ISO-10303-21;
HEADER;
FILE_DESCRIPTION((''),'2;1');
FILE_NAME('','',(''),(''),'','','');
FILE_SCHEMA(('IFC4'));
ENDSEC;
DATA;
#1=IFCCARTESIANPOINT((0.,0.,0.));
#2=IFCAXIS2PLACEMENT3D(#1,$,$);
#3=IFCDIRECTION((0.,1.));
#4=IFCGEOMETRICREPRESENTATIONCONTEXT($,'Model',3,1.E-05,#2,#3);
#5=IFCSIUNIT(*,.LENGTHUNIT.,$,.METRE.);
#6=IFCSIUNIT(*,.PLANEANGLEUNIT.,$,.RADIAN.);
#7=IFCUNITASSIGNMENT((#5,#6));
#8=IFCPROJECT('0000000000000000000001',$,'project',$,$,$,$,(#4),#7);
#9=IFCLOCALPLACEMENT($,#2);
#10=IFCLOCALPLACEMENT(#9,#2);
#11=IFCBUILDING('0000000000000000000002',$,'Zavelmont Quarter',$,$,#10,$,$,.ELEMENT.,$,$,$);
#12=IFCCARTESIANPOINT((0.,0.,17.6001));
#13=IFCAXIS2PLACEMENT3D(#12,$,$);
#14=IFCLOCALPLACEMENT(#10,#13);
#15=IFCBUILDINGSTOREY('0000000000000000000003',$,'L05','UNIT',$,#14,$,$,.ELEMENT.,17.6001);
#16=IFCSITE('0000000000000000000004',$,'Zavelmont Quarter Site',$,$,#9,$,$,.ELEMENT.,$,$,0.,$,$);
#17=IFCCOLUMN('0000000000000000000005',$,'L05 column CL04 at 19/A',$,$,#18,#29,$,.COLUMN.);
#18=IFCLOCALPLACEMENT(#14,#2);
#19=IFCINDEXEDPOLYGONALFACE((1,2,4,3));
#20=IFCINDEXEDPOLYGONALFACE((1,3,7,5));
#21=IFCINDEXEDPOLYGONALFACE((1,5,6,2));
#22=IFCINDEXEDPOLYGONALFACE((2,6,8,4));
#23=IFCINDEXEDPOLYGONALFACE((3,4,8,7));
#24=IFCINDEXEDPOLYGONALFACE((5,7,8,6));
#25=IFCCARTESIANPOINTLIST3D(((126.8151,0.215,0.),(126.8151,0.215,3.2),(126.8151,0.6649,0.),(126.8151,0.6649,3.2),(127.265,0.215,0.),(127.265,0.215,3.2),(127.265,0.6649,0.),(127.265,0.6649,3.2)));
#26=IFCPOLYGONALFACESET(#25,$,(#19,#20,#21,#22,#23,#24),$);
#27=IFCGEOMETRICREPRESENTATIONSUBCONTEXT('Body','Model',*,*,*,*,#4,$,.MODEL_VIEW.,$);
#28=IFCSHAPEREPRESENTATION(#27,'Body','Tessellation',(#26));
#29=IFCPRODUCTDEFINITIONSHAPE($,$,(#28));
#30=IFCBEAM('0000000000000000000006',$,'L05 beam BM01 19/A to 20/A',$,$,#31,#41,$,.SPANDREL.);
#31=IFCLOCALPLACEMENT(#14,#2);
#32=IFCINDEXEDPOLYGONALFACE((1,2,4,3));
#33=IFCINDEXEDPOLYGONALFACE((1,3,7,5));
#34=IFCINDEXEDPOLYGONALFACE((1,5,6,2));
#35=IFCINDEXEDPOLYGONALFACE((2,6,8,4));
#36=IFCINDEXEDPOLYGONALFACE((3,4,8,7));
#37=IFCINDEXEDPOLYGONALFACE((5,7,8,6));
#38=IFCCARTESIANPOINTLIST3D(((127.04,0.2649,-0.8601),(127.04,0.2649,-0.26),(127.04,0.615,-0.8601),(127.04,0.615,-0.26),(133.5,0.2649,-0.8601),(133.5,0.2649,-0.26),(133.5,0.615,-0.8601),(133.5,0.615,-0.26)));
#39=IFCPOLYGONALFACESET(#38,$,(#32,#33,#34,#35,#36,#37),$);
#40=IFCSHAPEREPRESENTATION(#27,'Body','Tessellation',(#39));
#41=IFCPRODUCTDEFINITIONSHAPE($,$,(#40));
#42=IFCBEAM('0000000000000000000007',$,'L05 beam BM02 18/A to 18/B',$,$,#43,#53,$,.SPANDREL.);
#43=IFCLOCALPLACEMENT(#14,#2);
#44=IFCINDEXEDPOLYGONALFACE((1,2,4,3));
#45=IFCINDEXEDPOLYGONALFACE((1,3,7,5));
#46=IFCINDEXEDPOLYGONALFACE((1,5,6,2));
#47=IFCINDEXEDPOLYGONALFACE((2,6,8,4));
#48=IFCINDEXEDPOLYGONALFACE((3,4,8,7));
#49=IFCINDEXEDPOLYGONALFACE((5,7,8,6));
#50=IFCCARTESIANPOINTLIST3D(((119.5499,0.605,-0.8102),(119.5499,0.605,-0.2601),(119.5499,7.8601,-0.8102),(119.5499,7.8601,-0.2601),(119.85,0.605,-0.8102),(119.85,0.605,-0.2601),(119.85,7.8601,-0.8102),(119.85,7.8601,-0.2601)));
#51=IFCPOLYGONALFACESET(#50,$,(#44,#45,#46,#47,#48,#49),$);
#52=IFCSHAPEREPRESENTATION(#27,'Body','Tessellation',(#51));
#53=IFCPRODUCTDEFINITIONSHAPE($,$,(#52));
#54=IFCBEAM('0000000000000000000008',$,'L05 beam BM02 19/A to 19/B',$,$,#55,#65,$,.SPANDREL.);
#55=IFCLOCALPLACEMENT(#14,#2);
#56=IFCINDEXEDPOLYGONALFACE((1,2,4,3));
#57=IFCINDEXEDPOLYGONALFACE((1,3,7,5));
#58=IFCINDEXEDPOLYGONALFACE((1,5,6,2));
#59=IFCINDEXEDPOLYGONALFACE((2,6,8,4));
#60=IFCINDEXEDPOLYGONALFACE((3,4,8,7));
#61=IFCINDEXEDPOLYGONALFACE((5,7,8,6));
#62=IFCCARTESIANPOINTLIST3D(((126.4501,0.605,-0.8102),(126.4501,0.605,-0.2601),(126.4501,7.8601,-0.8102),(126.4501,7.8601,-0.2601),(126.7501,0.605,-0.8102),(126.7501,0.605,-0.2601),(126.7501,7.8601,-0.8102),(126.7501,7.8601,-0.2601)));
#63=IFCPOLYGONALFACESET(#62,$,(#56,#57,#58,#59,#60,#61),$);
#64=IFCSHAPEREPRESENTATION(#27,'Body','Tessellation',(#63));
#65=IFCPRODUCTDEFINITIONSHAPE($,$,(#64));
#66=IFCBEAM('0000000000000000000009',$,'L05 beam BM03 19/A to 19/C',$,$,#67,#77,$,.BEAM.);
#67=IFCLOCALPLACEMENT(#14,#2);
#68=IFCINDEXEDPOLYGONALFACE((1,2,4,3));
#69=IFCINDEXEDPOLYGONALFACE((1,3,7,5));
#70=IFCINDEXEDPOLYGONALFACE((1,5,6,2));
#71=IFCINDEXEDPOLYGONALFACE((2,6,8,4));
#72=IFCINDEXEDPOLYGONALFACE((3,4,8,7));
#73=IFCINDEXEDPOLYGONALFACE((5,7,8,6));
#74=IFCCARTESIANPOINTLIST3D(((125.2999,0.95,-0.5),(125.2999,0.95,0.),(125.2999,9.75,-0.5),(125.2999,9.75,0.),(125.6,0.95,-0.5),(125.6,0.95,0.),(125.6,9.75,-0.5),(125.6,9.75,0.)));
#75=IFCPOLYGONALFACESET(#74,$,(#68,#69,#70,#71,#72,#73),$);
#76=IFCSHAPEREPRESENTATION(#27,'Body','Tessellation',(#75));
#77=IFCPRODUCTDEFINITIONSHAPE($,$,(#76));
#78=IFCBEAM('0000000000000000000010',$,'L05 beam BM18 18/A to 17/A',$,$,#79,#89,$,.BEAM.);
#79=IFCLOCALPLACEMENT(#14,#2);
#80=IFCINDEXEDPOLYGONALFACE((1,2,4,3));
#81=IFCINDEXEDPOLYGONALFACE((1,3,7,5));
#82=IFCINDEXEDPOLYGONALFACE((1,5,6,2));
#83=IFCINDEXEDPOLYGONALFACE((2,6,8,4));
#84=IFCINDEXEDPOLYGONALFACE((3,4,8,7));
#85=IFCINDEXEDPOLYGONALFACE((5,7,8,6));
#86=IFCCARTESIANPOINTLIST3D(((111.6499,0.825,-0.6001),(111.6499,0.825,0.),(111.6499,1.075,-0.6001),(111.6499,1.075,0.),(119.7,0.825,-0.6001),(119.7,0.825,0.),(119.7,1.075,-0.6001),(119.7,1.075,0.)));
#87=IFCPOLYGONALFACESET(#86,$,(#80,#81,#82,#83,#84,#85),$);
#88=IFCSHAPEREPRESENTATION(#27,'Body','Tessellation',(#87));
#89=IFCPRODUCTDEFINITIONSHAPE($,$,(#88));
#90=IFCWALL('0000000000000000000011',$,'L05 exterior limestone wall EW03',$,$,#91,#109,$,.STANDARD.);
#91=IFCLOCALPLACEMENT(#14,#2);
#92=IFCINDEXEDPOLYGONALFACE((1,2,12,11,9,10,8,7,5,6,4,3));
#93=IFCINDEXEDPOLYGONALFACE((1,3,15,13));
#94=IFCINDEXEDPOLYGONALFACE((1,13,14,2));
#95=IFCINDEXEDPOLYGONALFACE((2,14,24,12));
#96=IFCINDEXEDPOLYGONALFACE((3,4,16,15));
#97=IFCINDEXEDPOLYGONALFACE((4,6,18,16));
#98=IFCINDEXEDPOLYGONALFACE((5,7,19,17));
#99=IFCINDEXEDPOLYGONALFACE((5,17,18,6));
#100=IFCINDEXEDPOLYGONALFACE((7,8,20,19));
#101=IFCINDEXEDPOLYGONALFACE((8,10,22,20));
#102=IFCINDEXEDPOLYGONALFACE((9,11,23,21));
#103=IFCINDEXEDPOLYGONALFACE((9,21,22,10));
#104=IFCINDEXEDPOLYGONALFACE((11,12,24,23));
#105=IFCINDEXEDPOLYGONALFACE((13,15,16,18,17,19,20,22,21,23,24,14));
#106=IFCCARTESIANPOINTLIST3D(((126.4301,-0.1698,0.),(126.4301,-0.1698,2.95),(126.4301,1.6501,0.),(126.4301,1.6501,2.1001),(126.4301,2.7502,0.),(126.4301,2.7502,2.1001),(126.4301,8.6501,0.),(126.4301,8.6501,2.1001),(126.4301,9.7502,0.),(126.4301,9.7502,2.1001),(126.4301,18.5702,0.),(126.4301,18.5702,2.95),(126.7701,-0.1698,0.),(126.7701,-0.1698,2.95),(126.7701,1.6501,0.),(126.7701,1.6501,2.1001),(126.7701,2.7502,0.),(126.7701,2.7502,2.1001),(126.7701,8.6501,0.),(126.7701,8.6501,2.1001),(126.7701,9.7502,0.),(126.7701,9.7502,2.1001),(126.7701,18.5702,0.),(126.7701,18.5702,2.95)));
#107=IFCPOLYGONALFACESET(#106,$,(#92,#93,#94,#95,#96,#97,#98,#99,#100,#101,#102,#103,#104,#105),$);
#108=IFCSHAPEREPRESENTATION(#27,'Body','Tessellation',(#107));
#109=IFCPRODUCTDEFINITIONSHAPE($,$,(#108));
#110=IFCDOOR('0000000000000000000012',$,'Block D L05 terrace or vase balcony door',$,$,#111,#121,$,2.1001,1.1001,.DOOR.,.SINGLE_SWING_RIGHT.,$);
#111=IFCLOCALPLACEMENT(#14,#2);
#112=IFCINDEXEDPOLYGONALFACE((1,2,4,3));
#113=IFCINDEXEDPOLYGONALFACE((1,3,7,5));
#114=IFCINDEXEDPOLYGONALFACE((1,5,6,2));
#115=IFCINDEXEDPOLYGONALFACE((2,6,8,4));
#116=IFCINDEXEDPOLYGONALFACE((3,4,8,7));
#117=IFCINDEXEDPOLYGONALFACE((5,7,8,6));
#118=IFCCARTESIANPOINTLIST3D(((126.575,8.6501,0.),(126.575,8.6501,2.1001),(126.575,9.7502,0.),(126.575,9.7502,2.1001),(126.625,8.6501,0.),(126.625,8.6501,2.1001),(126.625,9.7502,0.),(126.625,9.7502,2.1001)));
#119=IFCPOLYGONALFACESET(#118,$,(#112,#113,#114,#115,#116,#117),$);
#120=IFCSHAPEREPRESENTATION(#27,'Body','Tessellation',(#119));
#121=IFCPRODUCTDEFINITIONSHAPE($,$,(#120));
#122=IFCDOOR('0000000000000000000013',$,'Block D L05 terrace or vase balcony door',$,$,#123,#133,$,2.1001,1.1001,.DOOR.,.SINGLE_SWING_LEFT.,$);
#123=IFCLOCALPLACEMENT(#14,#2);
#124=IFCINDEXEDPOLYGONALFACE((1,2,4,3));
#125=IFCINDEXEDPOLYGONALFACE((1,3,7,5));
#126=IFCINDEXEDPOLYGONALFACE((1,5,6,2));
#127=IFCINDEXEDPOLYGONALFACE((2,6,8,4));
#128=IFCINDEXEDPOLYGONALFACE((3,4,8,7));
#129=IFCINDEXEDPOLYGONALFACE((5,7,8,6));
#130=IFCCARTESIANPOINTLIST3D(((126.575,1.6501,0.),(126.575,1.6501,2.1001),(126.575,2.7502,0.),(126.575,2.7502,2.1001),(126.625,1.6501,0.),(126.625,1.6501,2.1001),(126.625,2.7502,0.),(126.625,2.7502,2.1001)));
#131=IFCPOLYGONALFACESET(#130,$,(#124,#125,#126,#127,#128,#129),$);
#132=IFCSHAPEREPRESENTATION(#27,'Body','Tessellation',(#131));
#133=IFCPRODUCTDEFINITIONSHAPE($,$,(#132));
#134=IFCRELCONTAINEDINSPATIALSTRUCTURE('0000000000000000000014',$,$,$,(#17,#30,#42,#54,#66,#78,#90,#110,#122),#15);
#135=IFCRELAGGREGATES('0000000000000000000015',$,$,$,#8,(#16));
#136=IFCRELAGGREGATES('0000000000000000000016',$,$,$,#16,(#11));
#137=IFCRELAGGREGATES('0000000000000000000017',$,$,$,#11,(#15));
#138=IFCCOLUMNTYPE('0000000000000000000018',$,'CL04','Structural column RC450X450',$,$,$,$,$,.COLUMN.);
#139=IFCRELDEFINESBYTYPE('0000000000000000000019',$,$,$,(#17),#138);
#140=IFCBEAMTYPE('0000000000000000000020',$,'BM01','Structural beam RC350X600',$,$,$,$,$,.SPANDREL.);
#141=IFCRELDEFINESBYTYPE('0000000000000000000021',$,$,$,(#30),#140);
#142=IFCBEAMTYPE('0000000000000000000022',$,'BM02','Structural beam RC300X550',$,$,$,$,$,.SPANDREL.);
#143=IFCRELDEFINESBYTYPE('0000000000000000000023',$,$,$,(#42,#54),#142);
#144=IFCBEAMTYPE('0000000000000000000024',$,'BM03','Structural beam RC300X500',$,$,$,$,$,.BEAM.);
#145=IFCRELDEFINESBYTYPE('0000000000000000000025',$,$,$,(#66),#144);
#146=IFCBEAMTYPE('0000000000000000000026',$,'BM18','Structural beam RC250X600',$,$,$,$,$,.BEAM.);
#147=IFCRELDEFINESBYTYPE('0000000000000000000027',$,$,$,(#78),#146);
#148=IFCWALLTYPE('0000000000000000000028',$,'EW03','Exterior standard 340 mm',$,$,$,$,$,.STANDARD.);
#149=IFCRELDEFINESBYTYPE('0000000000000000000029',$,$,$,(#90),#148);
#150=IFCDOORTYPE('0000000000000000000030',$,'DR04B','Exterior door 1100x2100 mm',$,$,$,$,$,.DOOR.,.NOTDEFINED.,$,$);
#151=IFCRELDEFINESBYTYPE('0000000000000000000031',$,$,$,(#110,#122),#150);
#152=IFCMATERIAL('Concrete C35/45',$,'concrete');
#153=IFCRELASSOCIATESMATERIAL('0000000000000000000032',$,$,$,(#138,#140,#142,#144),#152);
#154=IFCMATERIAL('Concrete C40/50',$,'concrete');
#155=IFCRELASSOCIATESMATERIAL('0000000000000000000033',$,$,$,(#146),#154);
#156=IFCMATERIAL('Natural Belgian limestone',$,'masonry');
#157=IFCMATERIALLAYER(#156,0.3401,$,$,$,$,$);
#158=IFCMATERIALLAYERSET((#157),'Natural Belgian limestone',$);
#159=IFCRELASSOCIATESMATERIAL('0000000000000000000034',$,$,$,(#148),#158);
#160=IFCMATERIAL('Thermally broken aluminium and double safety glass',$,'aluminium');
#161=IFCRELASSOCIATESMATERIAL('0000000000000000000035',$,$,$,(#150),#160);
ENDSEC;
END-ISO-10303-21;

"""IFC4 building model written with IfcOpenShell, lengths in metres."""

from ifc_helpers import new_model, si_unit, direction, frame, frame_2d, origin, origin_2d, place, context, subcontext, project, spatial, rectangle, extrude, material, layer, layer_set, material_profile, profile_set, type_object, element, fill, save


model = new_model("IFC4")

# Units and contexts
model_context = context("Model", 3, precision=1e-05, world=origin(), true_north=direction((0.0, 1.0)))
body_context = subcontext(model_context, "Body", "Model", "MODEL_VIEW")
ifc_project = project(units=[si_unit("LENGTHUNIT", "METRE"), si_unit("PLANEANGLEUNIT", "RADIAN")], contexts=[model_context])

# Site, building, storey
site_placement = place(None, origin())
site = spatial("IfcSite", under=ifc_project, at=site_placement, Name="Zavelmont Quarter Site", CompositionType="ELEMENT", RefElevation=0.0)
building_placement = place(site_placement, origin())
building = spatial("IfcBuilding", under=site, at=building_placement, Name="Zavelmont Quarter", CompositionType="ELEMENT")
storey_placement = place(building_placement, frame((0.0, 0.0, 17.6001)))
storey = spatial("IfcBuildingStorey", under=building, at=storey_placement, Name="L05", Description="UNIT", CompositionType="ELEMENT", Elevation=17.6001)

# Column
ifc_material_1 = material(Name="Concrete C35/45", Category="concrete")
ifc_material_profile_1 = material_profile(ifc_material_1, rectangle(XDim=0.45, YDim=0.45, at=origin_2d()), Name="RC450X450")
ifc_profile_set_1 = profile_set([ifc_material_profile_1], Name="Concrete C35/45")
column_type = type_object("IfcColumnType", Name="CL04", Description="Structural column RC450X450", PredefinedType="COLUMN", material=ifc_profile_set_1)
column_placement = place(storey_placement, frame((127.04, 0.4399, 0.0), z_axis=(0.0, 0.0, 1.0), x_axis=(1.0, 0.0, 0.0)))
element("IfcColumn", 1, at=column_placement, inside=storey, type_object=column_type, Name="L05 column CL04 at 19/A", PredefinedType="COLUMN", context=body_context, shape_type="SweptSolid", body=[
    extrude(rectangle(XDim=0.45, YDim=0.45, at=origin_2d()), origin(), (0.0, 0.0, 1.0), 3.2),
])

# Beams
ifc_material_profile_2 = material_profile(ifc_material_1, rectangle(XDim=0.3501, YDim=0.6001, at=origin_2d()), Name="RC350X600")
ifc_profile_set_2 = profile_set([ifc_material_profile_2], Name="Concrete C35/45")
beam_type_1 = type_object("IfcBeamType", Name="BM01", Description="Structural beam RC350X600", PredefinedType="SPANDREL", material=ifc_profile_set_2)
beam_1_placement = place(storey_placement, frame((127.04, 0.4399, -0.5601), z_axis=(1.0, 0.0, 0.0), x_axis=(0.0, 1.0, 0.0)))
element("IfcBeam", 2, at=beam_1_placement, inside=storey, type_object=beam_type_1, Name="L05 beam BM01 19/A to 20/A", PredefinedType="SPANDREL", context=body_context, shape_type="SweptSolid", body=[
    extrude(rectangle(XDim=0.3501, YDim=0.6001, at=origin_2d()), origin(), (0.0, 0.0, 1.0), 6.46),
])
ifc_material_profile_3 = material_profile(ifc_material_1, rectangle(XDim=0.3, YDim=0.55, at=origin_2d()), Name="RC300X550")
ifc_profile_set_3 = profile_set([ifc_material_profile_3], Name="Concrete C35/45")
beam_type_2 = type_object("IfcBeamType", Name="BM02", Description="Structural beam RC300X550", PredefinedType="SPANDREL", material=ifc_profile_set_3)
for number, where, z_axis, x_axis, name in (
    (3, (119.7, 0.605, -0.5352), (0.0, 1.0, 0.0), (-1.0, 0.0, 0.0), "L05 beam BM02 18/A to 18/B"),
    (4, (126.6001, 0.605, -0.5352), (0.0, 1.0, 0.0), (-1.0, 0.0, 0.0), "L05 beam BM02 19/A to 19/B"),
):
    element("IfcBeam", number, at=place(storey_placement, frame(where, z_axis=z_axis, x_axis=x_axis)), inside=storey, type_object=beam_type_2, Name=name, PredefinedType="SPANDREL", context=body_context, shape_type="SweptSolid", body=[
        extrude(rectangle(XDim=0.3, YDim=0.55, at=origin_2d()), origin(), (0.0, 0.0, 1.0), 7.2551),
    ])
ifc_material_profile_4 = material_profile(ifc_material_1, rectangle(XDim=0.3, YDim=0.5, at=origin_2d()), Name="RC300X500")
ifc_profile_set_4 = profile_set([ifc_material_profile_4], Name="Concrete C35/45")
beam_type_3 = type_object("IfcBeamType", Name="BM03", Description="Structural beam RC300X500", PredefinedType="BEAM", material=ifc_profile_set_4)
beam_2_placement = place(storey_placement, frame((125.45, 0.95, -0.25), z_axis=(0.0, 1.0, 0.0), x_axis=(-1.0, 0.0, 0.0)))
element("IfcBeam", 5, at=beam_2_placement, inside=storey, type_object=beam_type_3, Name="L05 beam BM03 19/A to 19/C", PredefinedType="BEAM", context=body_context, shape_type="SweptSolid", body=[
    extrude(rectangle(XDim=0.3, YDim=0.5, at=origin_2d()), origin(), (0.0, 0.0, 1.0), 8.8),
])
ifc_material_2 = material(Name="Concrete C40/50", Category="concrete")
ifc_material_profile_5 = material_profile(ifc_material_2, rectangle(XDim=0.25, YDim=0.6001, at=origin_2d()), Name="RC250X600")
ifc_profile_set_5 = profile_set([ifc_material_profile_5], Name="Concrete C40/50")
beam_type_4 = type_object("IfcBeamType", Name="BM18", Description="Structural beam RC250X600", PredefinedType="BEAM", material=ifc_profile_set_5)
beam_3_placement = place(storey_placement, frame((119.7, 0.95, -0.3), z_axis=(-1.0, 0.0, 0.0), x_axis=(0.0, -1.0, 0.0)))
element("IfcBeam", 6, at=beam_3_placement, inside=storey, type_object=beam_type_4, Name="L05 beam BM18 18/A to 17/A", PredefinedType="BEAM", context=body_context, shape_type="SweptSolid", body=[
    extrude(rectangle(XDim=0.25, YDim=0.6001, at=origin_2d()), origin(), (0.0, 0.0, 1.0), 8.05),
])

# Shared definitions
ifc_material_3 = material(Name="Natural Belgian limestone", Category="masonry")
ifc_layer = layer(ifc_material_3, 0.3401)
ifc_layer_set = layer_set([ifc_layer], Name="Natural Belgian limestone")
wall_type = type_object("IfcWallType", Name="EW03", Description="Exterior standard 340 mm", PredefinedType="STANDARD", material=ifc_layer_set)
ifc_material_4 = material(Name="Thermally broken aluminium and double safety glass", Category="aluminium")

# Wall, openings, doors
wall_1_placement = place(storey_placement, frame((126.6001, -0.1699, 0.0), z_axis=(0.0, 0.0, 1.0), x_axis=(0.0, 1.0, 0.0)))
wall_1 = element("IfcWall", 7, at=wall_1_placement, inside=storey, type_object=wall_type, Name="L05 exterior limestone wall EW03", PredefinedType="STANDARD", context=body_context, shape_type="SweptSolid", body=[
    extrude(rectangle(XDim=18.74, YDim=0.3401, at=frame_2d((9.3701, 0.0))), origin(), (0.0, 0.0, 1.0), 2.95),
])
opening_1_placement = place(wall_1_placement, frame((8.8201, 0.0, 0.0)))
opening_1 = element("IfcOpeningElement", 8, at=opening_1_placement, cuts=wall_1, PredefinedType="OPENING", context=body_context, shape_type="SweptSolid", body=[
    extrude(rectangle(XDim=1.1001, YDim=2.1001, at=frame_2d((0.55, 1.05))), frame((0.0, 0.1821, 0.0), z_axis=(0.0, -1.0, 0.0), x_axis=(1.0, 0.0, 0.0)), (0.0, 0.0, 1.0), 0.364),
])
opening_2_placement = place(wall_1_placement, frame((1.8201, 0.0, 0.0)))
opening_2 = element("IfcOpeningElement", 9, at=opening_2_placement, cuts=wall_1, PredefinedType="OPENING", context=body_context, shape_type="SweptSolid", body=[
    extrude(rectangle(XDim=1.1001, YDim=2.1001, at=frame_2d((0.55, 1.05))), frame((0.0, 0.1821, 0.0), z_axis=(0.0, -1.0, 0.0), x_axis=(1.0, 0.0, 0.0)), (0.0, 0.0, 1.0), 0.364),
])
door_type_1 = type_object("IfcDoorType", Name="DR04B", Description="Exterior door 1100x2100 mm", OperationType="NOTDEFINED", PredefinedType="DOOR", material=ifc_material_4)
door_1_placement = place(opening_1_placement, frame((1.1001, 0.0, 0.0), z_axis=(0.0, 0.0, 1.0), x_axis=(-1.0, 0.0, 0.0)))
door_1 = element("IfcDoor", 10, at=door_1_placement, inside=storey, type_object=door_type_1, Name="Block D L05 terrace or vase balcony door", OperationType="SINGLE_SWING_RIGHT", OverallHeight=2.1001, OverallWidth=1.1001, PredefinedType="DOOR", context=body_context, shape_type="SweptSolid", body=[
    extrude(rectangle(XDim=1.1001, YDim=2.1001, at=frame_2d((0.55, 1.05))), frame((0.0, 0.0249, 0.0), z_axis=(0.0, -1.0, 0.0), x_axis=(1.0, 0.0, 0.0)), (0.0, 0.0, 1.0), 0.05),
])
fill(opening_1, door_1)
door_2_placement = place(opening_2_placement, frame((1.1001, 0.0, 0.0), z_axis=(0.0, 0.0, 1.0), x_axis=(-1.0, 0.0, 0.0)))
door_2 = element("IfcDoor", 11, at=door_2_placement, inside=storey, type_object=door_type_1, Name="Block D L05 terrace or vase balcony door", OperationType="SINGLE_SWING_LEFT", OverallHeight=2.1001, OverallWidth=1.1001, PredefinedType="DOOR", context=body_context, shape_type="SweptSolid", body=[
    extrude(rectangle(XDim=1.1001, YDim=2.1001, at=frame_2d((0.55, 1.05))), frame((0.0, 0.0249, 0.0), z_axis=(0.0, -1.0, 0.0), x_axis=(1.0, 0.0, 0.0)), (0.0, 0.0, 1.0), 0.05),
])
fill(opening_2, door_2)

save(model, "model.ifc")
